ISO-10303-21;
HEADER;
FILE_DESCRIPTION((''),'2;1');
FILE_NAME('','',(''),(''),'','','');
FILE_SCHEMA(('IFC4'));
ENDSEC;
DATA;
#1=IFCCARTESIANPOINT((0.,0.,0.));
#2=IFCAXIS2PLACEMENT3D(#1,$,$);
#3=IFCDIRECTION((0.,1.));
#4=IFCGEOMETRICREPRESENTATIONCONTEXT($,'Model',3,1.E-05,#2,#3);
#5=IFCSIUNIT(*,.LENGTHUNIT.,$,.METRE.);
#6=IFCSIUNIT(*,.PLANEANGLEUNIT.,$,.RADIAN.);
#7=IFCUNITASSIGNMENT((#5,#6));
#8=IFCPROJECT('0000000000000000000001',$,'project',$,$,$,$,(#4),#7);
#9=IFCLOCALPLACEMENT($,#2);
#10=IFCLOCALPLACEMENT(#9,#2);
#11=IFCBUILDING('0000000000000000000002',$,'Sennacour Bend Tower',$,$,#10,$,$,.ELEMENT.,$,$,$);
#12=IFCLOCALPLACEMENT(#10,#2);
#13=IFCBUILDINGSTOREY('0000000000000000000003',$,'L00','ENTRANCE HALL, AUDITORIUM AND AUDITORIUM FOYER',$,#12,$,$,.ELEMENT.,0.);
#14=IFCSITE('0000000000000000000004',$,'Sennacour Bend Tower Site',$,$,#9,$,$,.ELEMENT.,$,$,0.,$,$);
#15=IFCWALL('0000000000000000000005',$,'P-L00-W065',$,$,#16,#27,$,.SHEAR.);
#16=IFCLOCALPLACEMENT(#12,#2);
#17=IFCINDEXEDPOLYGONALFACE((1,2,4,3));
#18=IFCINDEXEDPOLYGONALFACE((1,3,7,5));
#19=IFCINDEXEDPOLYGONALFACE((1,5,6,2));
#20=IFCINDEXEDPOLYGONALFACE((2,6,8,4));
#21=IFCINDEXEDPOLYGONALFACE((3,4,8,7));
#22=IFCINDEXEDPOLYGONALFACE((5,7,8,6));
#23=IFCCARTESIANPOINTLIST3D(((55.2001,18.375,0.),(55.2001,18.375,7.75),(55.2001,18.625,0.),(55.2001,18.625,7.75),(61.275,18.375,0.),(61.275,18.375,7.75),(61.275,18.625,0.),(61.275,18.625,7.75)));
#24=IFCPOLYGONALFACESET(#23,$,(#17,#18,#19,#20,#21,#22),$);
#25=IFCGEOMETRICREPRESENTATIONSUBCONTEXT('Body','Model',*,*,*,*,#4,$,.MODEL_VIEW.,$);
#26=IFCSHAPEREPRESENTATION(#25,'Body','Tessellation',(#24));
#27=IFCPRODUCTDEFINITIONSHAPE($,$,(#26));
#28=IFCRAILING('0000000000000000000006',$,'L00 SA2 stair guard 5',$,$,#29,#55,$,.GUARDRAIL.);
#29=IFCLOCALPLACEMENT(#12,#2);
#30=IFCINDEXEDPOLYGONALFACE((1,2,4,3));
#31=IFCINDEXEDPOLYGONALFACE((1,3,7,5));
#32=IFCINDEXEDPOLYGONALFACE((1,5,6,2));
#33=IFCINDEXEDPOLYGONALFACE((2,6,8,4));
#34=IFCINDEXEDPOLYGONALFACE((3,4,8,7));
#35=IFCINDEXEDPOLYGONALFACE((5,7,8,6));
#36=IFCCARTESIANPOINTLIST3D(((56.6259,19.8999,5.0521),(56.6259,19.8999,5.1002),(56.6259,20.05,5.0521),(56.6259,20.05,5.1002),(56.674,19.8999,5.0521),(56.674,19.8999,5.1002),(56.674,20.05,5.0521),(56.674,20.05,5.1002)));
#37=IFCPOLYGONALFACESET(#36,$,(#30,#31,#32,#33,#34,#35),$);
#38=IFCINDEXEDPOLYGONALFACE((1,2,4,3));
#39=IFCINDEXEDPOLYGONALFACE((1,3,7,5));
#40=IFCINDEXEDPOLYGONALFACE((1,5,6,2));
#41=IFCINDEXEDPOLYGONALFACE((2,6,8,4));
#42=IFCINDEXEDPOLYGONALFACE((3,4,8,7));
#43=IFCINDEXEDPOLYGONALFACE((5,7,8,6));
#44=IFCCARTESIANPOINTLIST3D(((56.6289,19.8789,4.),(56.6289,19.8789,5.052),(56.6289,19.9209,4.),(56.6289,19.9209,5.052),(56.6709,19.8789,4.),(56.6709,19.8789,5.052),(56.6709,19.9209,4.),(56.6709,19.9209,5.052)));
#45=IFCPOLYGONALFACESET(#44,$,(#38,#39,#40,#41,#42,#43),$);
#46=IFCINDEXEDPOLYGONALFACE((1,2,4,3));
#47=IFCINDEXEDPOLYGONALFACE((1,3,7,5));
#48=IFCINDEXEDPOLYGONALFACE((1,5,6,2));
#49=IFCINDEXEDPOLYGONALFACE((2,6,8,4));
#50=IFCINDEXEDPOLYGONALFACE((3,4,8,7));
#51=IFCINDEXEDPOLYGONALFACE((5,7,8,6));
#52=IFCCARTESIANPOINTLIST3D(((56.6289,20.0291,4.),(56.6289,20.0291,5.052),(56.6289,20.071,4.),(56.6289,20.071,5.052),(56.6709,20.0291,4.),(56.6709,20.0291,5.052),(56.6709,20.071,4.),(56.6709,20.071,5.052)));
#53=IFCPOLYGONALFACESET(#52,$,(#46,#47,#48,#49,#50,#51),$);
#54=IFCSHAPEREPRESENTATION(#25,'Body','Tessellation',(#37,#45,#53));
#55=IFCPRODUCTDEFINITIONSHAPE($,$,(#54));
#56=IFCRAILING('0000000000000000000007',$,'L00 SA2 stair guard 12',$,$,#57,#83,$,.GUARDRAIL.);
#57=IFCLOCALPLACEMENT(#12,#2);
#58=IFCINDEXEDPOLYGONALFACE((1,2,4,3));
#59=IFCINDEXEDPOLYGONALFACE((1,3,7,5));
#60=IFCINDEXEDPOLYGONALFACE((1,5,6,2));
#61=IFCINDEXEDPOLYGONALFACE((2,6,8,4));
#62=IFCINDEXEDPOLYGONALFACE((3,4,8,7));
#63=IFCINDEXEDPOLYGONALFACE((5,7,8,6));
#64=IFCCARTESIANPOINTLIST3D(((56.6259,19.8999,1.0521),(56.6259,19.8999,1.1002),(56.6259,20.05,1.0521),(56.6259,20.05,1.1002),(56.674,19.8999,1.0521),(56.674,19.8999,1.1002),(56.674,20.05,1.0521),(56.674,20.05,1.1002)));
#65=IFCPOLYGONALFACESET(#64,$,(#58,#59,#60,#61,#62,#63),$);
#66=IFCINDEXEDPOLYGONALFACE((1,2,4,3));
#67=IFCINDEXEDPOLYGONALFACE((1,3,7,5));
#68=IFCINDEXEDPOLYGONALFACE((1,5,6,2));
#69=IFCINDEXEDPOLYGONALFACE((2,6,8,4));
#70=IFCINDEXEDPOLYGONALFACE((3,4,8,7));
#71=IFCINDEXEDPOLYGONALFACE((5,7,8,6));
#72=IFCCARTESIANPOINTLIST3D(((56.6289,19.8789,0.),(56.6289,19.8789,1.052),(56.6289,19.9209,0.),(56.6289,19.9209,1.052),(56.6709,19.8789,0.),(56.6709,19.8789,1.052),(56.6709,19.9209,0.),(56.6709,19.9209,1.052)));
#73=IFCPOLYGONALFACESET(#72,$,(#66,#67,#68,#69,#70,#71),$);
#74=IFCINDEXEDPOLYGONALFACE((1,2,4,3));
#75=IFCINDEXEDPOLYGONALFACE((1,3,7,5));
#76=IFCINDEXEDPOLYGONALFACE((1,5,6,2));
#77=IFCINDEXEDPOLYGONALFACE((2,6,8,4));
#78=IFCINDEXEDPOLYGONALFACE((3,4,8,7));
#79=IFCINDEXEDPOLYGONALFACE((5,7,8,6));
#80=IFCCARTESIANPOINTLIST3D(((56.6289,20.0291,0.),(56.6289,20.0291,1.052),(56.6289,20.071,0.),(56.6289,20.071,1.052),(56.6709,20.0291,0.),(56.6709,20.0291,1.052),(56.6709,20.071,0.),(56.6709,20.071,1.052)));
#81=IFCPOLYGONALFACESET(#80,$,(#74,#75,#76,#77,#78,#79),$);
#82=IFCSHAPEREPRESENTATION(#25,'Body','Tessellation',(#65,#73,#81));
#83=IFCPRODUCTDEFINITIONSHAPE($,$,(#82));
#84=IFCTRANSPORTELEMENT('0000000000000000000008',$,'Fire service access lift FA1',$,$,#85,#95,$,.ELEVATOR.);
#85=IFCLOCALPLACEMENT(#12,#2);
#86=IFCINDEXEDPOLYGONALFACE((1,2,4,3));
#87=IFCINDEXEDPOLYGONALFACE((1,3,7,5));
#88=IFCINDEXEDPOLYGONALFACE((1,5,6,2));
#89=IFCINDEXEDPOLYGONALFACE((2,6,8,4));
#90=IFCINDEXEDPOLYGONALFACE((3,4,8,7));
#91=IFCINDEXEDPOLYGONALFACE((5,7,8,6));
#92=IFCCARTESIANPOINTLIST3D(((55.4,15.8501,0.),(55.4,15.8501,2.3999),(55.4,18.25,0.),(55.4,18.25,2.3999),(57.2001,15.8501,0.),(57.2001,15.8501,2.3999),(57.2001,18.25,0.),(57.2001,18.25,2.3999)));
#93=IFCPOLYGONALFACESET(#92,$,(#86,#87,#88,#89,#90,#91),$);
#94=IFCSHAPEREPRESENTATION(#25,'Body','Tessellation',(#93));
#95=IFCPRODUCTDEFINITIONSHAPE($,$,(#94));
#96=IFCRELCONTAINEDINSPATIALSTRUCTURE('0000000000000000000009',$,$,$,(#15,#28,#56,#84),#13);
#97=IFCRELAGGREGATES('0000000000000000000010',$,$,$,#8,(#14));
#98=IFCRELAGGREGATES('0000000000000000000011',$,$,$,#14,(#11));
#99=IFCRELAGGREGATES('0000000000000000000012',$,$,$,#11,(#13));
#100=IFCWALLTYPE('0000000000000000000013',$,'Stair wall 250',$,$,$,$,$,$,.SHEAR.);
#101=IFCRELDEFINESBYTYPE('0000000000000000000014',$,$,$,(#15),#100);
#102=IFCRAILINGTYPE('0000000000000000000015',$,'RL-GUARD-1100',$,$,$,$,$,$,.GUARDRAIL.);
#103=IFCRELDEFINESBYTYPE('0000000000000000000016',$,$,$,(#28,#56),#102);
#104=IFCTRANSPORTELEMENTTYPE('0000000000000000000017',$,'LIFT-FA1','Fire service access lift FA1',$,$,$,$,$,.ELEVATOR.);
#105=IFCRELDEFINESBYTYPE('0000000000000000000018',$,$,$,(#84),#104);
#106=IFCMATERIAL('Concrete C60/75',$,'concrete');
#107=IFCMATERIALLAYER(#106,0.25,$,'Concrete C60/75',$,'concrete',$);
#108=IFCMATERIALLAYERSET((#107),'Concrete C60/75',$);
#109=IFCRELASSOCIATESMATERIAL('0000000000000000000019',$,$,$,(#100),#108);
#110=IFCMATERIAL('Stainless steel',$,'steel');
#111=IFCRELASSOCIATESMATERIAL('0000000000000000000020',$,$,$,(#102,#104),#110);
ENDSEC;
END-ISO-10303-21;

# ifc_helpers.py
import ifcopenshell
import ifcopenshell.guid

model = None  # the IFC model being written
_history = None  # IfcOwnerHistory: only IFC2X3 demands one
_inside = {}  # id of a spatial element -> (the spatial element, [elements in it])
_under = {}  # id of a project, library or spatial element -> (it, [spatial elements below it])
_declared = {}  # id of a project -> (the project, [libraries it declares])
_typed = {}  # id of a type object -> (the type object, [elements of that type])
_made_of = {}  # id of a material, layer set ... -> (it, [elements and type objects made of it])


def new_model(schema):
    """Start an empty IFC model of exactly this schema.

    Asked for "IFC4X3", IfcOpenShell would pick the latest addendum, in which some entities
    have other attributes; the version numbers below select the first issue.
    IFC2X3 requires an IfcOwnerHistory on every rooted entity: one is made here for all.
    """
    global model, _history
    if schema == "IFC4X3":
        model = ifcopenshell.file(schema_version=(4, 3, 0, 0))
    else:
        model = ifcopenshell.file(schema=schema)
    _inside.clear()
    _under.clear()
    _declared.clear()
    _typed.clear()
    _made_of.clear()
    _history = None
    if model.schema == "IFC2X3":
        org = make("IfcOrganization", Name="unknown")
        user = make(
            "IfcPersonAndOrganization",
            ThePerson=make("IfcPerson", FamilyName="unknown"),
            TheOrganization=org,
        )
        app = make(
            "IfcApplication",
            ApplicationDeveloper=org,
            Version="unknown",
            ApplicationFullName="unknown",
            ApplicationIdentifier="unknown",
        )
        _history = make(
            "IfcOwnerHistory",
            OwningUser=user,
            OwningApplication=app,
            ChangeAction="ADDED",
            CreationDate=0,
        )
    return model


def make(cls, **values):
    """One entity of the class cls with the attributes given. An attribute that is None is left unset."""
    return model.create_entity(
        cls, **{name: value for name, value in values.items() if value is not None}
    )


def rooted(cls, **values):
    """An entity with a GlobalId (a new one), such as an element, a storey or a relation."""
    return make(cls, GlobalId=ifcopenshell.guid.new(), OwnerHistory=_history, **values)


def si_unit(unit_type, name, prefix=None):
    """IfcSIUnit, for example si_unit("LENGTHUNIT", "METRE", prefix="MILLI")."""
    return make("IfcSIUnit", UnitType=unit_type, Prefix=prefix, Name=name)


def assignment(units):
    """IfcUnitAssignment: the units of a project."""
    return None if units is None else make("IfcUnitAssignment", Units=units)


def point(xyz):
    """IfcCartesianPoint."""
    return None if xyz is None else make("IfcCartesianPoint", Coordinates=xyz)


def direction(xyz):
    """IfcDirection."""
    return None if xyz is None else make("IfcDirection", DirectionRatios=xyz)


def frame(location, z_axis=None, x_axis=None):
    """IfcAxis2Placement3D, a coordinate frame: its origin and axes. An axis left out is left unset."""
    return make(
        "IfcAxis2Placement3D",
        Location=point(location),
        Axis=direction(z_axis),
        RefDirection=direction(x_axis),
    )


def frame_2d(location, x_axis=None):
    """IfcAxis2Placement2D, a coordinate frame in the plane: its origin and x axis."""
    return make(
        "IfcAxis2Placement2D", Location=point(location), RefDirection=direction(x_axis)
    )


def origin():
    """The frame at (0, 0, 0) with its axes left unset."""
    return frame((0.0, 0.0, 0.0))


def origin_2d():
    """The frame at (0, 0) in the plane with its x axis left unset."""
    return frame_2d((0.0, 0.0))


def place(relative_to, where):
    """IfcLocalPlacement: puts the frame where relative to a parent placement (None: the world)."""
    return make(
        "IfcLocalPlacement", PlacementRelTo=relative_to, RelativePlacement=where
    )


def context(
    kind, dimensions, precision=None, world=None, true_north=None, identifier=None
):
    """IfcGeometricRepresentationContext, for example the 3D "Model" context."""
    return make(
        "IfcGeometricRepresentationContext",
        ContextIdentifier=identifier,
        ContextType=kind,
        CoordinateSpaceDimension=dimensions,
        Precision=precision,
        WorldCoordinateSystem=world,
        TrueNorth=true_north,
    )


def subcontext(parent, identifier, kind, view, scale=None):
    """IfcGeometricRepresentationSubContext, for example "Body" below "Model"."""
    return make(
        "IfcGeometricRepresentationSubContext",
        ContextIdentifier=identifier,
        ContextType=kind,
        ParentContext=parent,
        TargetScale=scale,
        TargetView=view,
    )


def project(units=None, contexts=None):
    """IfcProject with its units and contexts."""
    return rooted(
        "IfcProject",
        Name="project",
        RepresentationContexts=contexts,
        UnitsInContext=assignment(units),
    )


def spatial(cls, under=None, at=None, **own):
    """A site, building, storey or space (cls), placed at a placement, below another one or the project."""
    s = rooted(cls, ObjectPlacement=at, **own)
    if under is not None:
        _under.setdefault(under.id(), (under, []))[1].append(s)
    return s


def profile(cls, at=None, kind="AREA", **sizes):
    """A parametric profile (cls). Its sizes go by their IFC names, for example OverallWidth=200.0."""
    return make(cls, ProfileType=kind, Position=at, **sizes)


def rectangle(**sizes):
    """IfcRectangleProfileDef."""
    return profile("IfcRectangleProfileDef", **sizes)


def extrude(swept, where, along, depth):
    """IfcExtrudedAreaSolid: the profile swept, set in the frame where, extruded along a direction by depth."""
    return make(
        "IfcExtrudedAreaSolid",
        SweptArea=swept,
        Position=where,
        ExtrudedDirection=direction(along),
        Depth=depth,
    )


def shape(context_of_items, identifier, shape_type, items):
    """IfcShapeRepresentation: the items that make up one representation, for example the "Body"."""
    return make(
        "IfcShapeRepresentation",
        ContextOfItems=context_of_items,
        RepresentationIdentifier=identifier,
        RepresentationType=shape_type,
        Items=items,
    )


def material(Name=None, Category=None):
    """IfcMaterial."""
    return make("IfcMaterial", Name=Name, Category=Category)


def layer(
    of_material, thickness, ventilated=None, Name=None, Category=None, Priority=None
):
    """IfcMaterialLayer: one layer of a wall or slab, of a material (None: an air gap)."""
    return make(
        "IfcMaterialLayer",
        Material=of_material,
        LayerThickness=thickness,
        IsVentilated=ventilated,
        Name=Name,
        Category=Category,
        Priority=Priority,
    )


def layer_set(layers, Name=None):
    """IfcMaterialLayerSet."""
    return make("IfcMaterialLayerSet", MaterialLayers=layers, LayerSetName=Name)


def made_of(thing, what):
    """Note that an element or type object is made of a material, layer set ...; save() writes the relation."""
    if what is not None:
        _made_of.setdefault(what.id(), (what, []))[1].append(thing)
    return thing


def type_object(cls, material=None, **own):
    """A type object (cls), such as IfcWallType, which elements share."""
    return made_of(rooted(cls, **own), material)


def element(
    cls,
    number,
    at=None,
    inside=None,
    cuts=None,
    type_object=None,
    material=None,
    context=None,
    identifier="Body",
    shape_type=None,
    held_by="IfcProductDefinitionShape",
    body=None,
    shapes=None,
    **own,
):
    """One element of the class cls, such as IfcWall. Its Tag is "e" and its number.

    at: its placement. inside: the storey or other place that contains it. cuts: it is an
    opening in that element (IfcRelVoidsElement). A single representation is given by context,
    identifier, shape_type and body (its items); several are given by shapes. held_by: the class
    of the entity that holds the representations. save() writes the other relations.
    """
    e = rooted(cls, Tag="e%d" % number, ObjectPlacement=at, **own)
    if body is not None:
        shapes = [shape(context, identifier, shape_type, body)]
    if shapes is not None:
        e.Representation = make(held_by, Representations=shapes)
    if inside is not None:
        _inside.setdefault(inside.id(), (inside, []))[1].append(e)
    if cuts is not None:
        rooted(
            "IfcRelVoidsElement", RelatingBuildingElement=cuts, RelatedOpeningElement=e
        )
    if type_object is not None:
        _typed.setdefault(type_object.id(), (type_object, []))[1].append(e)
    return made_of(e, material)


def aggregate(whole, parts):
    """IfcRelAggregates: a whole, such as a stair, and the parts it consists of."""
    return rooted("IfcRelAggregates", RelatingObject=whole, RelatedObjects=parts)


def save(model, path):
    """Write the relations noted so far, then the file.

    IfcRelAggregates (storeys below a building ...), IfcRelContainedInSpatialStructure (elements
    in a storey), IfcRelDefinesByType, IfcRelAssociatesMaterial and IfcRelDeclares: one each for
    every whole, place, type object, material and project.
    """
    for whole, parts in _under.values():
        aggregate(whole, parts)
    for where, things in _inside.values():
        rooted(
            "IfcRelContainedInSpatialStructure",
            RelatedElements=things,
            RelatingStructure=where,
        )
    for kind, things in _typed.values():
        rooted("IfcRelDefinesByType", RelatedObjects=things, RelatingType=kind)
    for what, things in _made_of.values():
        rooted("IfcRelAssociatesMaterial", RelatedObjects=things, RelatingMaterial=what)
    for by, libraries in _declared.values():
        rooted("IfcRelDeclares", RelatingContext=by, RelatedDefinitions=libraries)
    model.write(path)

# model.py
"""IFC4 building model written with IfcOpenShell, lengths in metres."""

from ifc_helpers import new_model, si_unit, direction, frame, frame_2d, origin, origin_2d, place, context, subcontext, project, spatial, rectangle, extrude, material, layer, layer_set, type_object, element, save


model = new_model("IFC4")

# Units and contexts
model_context = context("Model", 3, precision=1e-05, world=origin(), true_north=direction((0.0, 1.0)))
body_context = subcontext(model_context, "Body", "Model", "MODEL_VIEW")
ifc_project = project(units=[si_unit("LENGTHUNIT", "METRE"), si_unit("PLANEANGLEUNIT", "RADIAN")], contexts=[model_context])

# Site, building, storey
site_placement = place(None, origin())
site = spatial("IfcSite", under=ifc_project, at=site_placement, Name="Sennacour Bend Tower Site", CompositionType="ELEMENT", RefElevation=0.0)
building_placement = place(site_placement, origin())
building = spatial("IfcBuilding", under=site, at=building_placement, Name="Sennacour Bend Tower", CompositionType="ELEMENT")
storey_placement = place(building_placement, origin())
storey = spatial("IfcBuildingStorey", under=building, at=storey_placement, Name="L00", Description="ENTRANCE HALL, AUDITORIUM AND AUDITORIUM FOYER", CompositionType="ELEMENT", Elevation=0.0)

# Shared definitions
ifc_material_1 = material(Name="Stainless steel", Category="steel")

# Wall
ifc_material_2 = material(Name="Concrete C60/75", Category="concrete")
ifc_layer_1 = layer(ifc_material_2, 0.25, Name="Concrete C60/75", Category="concrete")
ifc_layer_set_1 = layer_set([ifc_layer_1], Name="Concrete C60/75")
wall_type_1 = type_object("IfcWallType", Name="Stair wall 250", PredefinedType="SHEAR", material=ifc_layer_set_1)
wall_1_placement = place(storey_placement, frame((55.2, 18.5, 0.0), z_axis=(0.0, 0.0, 1.0), x_axis=(1.0, 0.0, 0.0)))
element("IfcWall", 1, at=wall_1_placement, inside=storey, type_object=wall_type_1, Name="P-L00-W065", PredefinedType="SHEAR", context=body_context, shape_type="SweptSolid", body=[
    extrude(rectangle(XDim=6.075, YDim=0.25, at=frame_2d((3.0376, 0.0))), origin(), (0.0, 0.0, 1.0), 7.75),
])

# Railings
railing_type = type_object("IfcRailingType", Name="RL-GUARD-1100", PredefinedType="GUARDRAIL", material=ifc_material_1)
for number, where, name in (
    (2, (56.6499, 19.8999, 4.0), "L00 SA2 stair guard 5"),
    (3, (56.6499, 19.8999, 0.0), "L00 SA2 stair guard 12"),
):
    element("IfcRailing", number, at=place(storey_placement, frame(where)), inside=storey, type_object=railing_type, Name=name, PredefinedType="GUARDRAIL", context=body_context, shape_type="SweptSolid", body=[
        extrude(rectangle(XDim=0.0481, YDim=0.0481, at=origin_2d()), frame((0.0, 0.0, 1.0762), z_axis=(0.0, 1.0, 0.0), x_axis=(-1.0, 0.0, 0.0)), (0.0, 0.0, 1.0), 0.1501),
        extrude(rectangle(XDim=0.042, YDim=0.042, at=origin_2d()), origin(), (0.0, 0.0, 1.0), 1.052),
        extrude(rectangle(XDim=0.042, YDim=0.042, at=origin_2d()), frame((0.0, 0.1501, 0.0)), (0.0, 0.0, 1.0), 1.052),
    ])

# Transport element
transport_element_type = type_object("IfcTransportElementType", Name="LIFT-FA1", Description="Fire service access lift FA1", PredefinedType="ELEVATOR", material=ifc_material_1)
transport_element_placement = place(storey_placement, frame((56.3, 17.05, 0.0), z_axis=(0.0, 0.0, 1.0), x_axis=(1.0, 0.0, 0.0)))
element("IfcTransportElement", 4, at=transport_element_placement, inside=storey, type_object=transport_element_type, Name="Fire service access lift FA1", PredefinedType="ELEVATOR", context=body_context, shape_type="SweptSolid", body=[
    extrude(rectangle(XDim=1.8, YDim=2.3999, at=origin_2d()), origin(), (0.0, 0.0, 1.0), 2.3999),
])

save(model, "model.ifc")
